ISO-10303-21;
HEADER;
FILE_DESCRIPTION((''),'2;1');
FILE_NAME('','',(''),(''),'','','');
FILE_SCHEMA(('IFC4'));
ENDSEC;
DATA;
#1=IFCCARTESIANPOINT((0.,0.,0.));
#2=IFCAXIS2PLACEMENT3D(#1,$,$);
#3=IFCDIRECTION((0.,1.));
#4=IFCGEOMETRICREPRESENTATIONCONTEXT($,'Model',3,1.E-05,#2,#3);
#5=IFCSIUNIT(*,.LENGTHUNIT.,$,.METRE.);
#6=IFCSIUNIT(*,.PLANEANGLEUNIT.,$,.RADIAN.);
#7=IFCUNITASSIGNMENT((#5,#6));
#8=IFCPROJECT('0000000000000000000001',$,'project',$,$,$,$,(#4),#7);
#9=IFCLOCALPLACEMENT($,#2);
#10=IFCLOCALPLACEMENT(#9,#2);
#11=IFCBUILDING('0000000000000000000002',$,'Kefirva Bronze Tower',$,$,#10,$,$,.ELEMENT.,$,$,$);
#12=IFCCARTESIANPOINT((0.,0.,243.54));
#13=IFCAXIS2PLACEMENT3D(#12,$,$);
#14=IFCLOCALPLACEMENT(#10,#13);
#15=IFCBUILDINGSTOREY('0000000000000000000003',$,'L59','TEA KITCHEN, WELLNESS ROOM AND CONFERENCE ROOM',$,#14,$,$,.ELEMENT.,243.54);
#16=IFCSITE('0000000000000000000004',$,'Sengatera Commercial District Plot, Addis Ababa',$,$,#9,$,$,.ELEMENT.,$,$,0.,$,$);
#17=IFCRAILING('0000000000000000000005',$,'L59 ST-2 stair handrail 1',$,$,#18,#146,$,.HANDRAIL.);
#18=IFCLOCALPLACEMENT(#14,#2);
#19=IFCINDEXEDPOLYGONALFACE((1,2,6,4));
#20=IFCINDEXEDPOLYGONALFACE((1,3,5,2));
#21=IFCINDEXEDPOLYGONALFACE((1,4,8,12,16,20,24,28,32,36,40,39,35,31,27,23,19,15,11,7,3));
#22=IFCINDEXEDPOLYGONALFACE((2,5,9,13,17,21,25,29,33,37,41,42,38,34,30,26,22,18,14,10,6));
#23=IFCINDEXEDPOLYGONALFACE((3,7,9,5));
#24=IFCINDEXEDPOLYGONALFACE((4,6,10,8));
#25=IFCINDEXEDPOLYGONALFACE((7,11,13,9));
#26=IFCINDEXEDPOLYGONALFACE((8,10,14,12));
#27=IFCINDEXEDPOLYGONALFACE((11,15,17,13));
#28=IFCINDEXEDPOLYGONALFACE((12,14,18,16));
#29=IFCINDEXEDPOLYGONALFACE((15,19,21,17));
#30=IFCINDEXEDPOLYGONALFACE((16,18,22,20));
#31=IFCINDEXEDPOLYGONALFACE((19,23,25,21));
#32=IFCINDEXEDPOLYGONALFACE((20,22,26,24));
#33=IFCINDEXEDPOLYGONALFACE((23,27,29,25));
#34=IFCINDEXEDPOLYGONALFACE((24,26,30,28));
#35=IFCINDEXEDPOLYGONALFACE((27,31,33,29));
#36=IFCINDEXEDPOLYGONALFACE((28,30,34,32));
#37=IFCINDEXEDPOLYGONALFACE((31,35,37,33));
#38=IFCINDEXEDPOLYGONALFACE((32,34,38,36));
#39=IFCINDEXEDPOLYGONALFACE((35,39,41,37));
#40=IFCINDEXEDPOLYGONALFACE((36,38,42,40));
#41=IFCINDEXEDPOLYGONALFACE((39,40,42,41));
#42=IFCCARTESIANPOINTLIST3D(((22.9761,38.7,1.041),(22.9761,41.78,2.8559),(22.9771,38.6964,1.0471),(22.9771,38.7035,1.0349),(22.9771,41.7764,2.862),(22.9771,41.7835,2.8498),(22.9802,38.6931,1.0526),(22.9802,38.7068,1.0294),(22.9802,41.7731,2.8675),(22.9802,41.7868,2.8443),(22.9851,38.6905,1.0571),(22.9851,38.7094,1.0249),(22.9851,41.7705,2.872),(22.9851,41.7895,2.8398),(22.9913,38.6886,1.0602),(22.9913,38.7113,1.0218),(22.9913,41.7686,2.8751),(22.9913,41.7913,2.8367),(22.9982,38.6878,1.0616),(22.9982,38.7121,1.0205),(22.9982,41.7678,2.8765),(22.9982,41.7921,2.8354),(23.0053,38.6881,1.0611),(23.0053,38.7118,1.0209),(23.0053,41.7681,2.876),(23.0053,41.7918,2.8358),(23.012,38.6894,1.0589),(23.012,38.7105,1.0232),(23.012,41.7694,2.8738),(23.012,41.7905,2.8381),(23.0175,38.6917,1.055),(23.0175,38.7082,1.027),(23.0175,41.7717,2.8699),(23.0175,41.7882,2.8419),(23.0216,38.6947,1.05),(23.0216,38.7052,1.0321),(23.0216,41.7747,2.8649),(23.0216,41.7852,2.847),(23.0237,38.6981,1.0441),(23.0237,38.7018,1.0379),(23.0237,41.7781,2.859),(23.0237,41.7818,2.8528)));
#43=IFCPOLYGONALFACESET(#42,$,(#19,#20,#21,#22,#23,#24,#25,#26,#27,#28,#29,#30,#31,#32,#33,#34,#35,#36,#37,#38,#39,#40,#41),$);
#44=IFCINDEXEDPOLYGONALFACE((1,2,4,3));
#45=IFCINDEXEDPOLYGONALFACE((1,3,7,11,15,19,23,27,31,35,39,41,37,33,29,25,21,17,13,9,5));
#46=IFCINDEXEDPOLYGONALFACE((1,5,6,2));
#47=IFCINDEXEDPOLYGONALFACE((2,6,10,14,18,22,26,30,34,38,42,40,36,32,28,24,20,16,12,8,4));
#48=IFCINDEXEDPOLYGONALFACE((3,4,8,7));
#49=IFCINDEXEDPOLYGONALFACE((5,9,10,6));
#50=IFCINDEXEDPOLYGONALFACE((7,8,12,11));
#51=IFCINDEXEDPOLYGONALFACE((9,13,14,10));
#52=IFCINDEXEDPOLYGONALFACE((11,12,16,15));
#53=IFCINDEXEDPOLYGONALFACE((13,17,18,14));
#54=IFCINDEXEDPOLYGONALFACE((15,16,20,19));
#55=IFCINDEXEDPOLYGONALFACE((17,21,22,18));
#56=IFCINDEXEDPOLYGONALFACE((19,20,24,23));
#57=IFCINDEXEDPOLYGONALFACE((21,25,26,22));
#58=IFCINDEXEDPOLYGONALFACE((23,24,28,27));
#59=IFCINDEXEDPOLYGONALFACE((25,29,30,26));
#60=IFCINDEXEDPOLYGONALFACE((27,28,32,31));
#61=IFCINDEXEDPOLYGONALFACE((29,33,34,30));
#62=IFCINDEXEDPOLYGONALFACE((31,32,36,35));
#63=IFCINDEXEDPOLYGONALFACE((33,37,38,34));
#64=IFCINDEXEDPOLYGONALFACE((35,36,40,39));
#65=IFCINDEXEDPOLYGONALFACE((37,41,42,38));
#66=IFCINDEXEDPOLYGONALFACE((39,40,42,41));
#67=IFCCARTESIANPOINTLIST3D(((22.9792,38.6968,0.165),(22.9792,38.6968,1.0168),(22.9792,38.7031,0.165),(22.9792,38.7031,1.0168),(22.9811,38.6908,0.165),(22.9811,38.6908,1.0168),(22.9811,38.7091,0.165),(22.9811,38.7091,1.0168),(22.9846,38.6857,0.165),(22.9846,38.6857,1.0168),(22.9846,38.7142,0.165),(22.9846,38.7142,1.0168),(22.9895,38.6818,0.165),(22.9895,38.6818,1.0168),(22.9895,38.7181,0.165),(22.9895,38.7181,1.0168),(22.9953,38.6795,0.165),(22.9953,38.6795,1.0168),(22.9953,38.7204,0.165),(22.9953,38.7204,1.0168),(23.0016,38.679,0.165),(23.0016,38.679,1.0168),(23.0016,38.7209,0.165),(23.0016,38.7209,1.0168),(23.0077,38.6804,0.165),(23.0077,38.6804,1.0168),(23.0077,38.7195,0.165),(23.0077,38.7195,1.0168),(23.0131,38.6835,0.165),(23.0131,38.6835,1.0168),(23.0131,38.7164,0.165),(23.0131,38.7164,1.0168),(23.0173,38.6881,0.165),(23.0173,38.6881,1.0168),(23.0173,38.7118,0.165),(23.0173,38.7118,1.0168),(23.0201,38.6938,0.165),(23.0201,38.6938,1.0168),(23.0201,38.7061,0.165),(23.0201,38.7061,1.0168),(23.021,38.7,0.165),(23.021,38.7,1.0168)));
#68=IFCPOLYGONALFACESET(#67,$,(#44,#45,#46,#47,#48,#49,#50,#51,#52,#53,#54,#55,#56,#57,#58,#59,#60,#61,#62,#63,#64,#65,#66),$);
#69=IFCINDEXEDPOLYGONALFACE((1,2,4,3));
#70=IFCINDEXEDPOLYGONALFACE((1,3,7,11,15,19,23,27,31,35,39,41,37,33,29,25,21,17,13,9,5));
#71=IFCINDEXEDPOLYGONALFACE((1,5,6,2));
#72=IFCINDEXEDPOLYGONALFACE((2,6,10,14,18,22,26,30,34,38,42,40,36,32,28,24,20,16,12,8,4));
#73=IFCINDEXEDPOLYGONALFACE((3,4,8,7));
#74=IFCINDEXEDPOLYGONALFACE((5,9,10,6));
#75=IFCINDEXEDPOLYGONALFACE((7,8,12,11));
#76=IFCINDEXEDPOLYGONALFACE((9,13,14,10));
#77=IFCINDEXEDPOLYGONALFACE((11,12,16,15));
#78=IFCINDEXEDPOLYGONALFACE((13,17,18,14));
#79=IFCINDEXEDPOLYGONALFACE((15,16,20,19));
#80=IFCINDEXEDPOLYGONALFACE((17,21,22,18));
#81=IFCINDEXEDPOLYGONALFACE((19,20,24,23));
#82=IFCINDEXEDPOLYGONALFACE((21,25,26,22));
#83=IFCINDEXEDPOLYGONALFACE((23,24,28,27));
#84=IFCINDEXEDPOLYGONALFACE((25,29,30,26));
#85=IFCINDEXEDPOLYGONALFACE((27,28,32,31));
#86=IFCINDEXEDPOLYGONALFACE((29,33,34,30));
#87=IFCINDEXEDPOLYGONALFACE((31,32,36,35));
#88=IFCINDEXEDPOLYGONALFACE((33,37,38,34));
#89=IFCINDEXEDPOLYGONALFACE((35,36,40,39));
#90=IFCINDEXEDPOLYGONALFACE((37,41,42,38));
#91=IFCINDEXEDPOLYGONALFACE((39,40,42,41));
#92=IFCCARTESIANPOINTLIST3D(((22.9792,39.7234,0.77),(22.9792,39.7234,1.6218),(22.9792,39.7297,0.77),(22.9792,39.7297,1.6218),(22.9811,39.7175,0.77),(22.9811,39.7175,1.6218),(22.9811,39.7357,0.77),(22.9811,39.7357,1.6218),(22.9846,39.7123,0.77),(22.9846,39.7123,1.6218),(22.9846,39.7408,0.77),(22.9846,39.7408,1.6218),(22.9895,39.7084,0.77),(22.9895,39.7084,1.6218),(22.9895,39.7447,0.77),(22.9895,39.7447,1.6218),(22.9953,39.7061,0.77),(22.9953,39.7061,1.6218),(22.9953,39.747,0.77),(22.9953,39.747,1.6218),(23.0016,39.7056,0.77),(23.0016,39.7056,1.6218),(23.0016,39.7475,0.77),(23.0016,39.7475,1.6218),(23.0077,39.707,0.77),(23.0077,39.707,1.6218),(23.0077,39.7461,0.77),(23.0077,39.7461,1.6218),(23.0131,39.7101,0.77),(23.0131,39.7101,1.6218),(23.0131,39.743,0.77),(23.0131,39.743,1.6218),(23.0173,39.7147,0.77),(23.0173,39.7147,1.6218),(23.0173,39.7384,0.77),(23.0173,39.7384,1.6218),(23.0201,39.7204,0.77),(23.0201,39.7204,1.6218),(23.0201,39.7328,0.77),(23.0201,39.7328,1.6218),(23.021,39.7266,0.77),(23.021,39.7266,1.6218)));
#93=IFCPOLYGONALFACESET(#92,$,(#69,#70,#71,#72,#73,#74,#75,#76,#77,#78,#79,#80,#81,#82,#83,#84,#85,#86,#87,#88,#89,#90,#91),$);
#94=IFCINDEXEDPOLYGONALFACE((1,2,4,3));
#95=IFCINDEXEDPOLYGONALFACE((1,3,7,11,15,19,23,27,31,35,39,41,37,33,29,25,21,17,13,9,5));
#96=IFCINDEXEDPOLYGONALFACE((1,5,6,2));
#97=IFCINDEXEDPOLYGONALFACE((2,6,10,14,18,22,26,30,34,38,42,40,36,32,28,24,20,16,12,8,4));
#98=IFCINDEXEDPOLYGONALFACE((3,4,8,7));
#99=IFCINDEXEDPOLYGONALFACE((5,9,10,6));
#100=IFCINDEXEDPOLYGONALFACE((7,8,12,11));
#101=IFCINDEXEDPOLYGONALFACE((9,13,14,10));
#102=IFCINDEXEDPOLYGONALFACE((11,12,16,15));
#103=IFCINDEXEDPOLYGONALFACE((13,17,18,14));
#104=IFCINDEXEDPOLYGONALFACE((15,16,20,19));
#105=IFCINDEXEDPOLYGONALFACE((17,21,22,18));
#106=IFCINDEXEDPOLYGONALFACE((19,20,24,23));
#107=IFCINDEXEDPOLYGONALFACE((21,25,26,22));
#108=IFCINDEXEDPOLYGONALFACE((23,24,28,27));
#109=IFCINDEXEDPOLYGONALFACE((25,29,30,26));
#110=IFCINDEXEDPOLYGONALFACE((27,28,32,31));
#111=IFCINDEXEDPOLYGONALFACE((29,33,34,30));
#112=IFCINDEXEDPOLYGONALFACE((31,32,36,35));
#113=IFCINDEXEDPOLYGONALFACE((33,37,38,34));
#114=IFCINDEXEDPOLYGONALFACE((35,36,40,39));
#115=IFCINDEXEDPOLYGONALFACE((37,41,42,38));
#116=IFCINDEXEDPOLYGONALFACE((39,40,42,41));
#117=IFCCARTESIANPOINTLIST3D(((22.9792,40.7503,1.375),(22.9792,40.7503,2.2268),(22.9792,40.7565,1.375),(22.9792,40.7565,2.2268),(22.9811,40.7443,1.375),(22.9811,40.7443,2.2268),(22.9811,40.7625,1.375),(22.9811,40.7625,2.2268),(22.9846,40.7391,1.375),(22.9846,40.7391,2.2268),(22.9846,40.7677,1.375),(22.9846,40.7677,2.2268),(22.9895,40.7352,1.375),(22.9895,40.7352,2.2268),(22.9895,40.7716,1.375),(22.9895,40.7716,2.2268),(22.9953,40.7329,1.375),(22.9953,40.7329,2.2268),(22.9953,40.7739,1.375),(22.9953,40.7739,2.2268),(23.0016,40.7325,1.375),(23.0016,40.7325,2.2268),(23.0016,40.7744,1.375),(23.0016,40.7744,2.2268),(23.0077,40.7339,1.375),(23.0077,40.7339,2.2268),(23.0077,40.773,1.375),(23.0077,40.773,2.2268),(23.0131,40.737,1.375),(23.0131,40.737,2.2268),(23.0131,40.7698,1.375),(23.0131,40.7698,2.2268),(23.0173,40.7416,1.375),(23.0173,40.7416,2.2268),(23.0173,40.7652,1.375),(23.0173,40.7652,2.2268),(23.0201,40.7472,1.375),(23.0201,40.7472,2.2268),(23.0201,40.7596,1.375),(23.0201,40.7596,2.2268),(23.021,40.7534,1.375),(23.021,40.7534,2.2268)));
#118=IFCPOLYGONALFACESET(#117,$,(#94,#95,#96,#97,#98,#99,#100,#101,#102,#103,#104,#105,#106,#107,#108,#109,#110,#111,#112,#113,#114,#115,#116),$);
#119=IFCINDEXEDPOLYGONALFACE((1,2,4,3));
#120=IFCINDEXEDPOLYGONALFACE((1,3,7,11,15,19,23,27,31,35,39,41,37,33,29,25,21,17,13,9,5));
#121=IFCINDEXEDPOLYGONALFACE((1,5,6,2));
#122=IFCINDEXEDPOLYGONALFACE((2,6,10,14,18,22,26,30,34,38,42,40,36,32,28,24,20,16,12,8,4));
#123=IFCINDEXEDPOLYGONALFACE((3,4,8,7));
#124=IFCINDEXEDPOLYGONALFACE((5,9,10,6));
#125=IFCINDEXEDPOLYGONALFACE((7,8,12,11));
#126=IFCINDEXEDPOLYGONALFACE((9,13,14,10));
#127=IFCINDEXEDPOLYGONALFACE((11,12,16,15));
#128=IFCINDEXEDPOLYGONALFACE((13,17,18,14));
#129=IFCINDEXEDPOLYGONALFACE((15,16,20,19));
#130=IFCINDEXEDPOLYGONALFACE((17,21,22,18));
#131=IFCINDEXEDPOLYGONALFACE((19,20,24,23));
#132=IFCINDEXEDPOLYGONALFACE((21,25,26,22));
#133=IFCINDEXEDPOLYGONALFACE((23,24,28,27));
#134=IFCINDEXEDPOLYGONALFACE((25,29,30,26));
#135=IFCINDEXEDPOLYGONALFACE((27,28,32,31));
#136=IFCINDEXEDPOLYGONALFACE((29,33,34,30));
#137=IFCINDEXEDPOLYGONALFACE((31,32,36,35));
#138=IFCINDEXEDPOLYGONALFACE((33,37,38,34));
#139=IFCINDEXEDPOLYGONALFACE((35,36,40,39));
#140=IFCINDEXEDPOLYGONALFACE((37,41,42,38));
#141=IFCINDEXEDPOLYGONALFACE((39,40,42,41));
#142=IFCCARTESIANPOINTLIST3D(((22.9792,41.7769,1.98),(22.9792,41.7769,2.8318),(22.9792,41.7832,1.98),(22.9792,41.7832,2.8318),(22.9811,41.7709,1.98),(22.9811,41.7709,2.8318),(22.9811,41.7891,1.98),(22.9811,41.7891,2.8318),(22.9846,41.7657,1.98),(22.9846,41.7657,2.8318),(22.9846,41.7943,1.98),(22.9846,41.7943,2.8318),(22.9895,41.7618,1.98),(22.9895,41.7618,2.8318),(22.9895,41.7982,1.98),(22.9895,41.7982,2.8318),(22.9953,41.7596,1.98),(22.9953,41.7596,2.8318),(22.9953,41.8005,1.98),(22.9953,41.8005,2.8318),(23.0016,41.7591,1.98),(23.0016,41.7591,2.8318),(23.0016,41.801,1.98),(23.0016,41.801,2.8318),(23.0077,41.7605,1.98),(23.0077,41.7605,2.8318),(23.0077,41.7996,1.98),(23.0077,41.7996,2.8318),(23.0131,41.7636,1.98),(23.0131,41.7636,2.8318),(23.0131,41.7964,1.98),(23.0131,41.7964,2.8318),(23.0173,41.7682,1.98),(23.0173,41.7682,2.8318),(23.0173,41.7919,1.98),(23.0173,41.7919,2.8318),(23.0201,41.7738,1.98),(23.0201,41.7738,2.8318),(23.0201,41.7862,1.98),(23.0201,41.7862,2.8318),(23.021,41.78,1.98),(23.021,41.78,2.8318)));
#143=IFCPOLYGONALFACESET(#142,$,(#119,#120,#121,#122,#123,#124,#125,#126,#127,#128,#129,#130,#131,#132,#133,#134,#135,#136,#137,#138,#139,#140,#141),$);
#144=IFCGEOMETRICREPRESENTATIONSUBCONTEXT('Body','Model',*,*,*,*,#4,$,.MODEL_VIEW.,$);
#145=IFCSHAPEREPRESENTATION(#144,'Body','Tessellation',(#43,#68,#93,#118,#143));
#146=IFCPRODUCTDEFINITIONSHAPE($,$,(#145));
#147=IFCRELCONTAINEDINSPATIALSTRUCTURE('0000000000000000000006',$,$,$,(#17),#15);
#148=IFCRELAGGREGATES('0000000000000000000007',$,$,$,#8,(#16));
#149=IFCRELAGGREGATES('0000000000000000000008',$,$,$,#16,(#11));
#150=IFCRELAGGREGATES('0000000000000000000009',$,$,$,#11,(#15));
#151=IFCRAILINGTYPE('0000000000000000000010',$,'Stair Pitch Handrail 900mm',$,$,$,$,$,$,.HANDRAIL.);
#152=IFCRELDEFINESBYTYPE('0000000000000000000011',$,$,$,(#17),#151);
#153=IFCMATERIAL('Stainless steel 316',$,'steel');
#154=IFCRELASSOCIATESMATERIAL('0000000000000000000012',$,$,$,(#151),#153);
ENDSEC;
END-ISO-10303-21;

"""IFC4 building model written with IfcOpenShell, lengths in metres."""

from ifc_helpers import new_model, si_unit, direction, frame, origin, origin_2d, place, context, subcontext, project, spatial, circle, extrude, material, type_object, element, save


model = new_model("IFC4")

# Units and contexts
model_context = context("Model", 3, precision=1e-05, world=origin(), true_north=direction((0.0, 1.0)))
body_context = subcontext(model_context, "Body", "Model", "MODEL_VIEW")
ifc_project = project(units=[si_unit("LENGTHUNIT", "METRE"), si_unit("PLANEANGLEUNIT", "RADIAN")], contexts=[model_context])

# Site, building, storey
site_placement = place(None, origin())
site = spatial("IfcSite", under=ifc_project, at=site_placement, Name="Sengatera Commercial District Plot, Addis Ababa", CompositionType="ELEMENT", RefElevation=0.0)
building_placement = place(site_placement, origin())
building = spatial("IfcBuilding", under=site, at=building_placement, Name="Kefirva Bronze Tower", CompositionType="ELEMENT")
storey_placement = place(building_placement, frame((0.0, 0.0, 243.54)))
storey = spatial("IfcBuildingStorey", under=building, at=storey_placement, Name="L59", Description="TEA KITCHEN, WELLNESS ROOM AND CONFERENCE ROOM", CompositionType="ELEMENT", Elevation=243.54)

# Shared definitions
ifc_material_1 = material(Name="Stainless steel 316", Category="steel")

# Railing
railing_type_1 = type_object("IfcRailingType", Name="Stair Pitch Handrail 900mm", PredefinedType="HANDRAIL", material=ifc_material_1)
railing_1_placement = place(storey_placement, frame((23.0, 38.7, 0.165)))
element("IfcRailing", 1, at=railing_1_placement, inside=storey, type_object=railing_type_1, Name="L59 ST-2 stair handrail 1", PredefinedType="HANDRAIL", context=body_context, shape_type="SweptSolid", body=[
    extrude(circle(Radius=0.0239, at=origin_2d()), frame((0.0, 0.0, 0.876), z_axis=(0.0, 0.861551, 0.507671), x_axis=(-1.0, 0.0, 0.0)), (0.0, 0.0, 1.0), 3.575),
    extrude(circle(Radius=0.021, at=origin_2d()), origin(), (0.0, 0.0, 1.0), 0.8518),
    extrude(circle(Radius=0.021, at=origin_2d()), frame((0.0, 1.0266, 0.605)), (0.0, 0.0, 1.0), 0.8518),
    extrude(circle(Radius=0.021, at=origin_2d()), frame((0.0, 2.0535, 1.21)), (0.0, 0.0, 1.0), 0.8518),
    extrude(circle(Radius=0.021, at=origin_2d()), frame((0.0, 3.0801, 1.8149)), (0.0, 0.0, 1.0), 0.8518),
])

save(model, "model.ifc")
